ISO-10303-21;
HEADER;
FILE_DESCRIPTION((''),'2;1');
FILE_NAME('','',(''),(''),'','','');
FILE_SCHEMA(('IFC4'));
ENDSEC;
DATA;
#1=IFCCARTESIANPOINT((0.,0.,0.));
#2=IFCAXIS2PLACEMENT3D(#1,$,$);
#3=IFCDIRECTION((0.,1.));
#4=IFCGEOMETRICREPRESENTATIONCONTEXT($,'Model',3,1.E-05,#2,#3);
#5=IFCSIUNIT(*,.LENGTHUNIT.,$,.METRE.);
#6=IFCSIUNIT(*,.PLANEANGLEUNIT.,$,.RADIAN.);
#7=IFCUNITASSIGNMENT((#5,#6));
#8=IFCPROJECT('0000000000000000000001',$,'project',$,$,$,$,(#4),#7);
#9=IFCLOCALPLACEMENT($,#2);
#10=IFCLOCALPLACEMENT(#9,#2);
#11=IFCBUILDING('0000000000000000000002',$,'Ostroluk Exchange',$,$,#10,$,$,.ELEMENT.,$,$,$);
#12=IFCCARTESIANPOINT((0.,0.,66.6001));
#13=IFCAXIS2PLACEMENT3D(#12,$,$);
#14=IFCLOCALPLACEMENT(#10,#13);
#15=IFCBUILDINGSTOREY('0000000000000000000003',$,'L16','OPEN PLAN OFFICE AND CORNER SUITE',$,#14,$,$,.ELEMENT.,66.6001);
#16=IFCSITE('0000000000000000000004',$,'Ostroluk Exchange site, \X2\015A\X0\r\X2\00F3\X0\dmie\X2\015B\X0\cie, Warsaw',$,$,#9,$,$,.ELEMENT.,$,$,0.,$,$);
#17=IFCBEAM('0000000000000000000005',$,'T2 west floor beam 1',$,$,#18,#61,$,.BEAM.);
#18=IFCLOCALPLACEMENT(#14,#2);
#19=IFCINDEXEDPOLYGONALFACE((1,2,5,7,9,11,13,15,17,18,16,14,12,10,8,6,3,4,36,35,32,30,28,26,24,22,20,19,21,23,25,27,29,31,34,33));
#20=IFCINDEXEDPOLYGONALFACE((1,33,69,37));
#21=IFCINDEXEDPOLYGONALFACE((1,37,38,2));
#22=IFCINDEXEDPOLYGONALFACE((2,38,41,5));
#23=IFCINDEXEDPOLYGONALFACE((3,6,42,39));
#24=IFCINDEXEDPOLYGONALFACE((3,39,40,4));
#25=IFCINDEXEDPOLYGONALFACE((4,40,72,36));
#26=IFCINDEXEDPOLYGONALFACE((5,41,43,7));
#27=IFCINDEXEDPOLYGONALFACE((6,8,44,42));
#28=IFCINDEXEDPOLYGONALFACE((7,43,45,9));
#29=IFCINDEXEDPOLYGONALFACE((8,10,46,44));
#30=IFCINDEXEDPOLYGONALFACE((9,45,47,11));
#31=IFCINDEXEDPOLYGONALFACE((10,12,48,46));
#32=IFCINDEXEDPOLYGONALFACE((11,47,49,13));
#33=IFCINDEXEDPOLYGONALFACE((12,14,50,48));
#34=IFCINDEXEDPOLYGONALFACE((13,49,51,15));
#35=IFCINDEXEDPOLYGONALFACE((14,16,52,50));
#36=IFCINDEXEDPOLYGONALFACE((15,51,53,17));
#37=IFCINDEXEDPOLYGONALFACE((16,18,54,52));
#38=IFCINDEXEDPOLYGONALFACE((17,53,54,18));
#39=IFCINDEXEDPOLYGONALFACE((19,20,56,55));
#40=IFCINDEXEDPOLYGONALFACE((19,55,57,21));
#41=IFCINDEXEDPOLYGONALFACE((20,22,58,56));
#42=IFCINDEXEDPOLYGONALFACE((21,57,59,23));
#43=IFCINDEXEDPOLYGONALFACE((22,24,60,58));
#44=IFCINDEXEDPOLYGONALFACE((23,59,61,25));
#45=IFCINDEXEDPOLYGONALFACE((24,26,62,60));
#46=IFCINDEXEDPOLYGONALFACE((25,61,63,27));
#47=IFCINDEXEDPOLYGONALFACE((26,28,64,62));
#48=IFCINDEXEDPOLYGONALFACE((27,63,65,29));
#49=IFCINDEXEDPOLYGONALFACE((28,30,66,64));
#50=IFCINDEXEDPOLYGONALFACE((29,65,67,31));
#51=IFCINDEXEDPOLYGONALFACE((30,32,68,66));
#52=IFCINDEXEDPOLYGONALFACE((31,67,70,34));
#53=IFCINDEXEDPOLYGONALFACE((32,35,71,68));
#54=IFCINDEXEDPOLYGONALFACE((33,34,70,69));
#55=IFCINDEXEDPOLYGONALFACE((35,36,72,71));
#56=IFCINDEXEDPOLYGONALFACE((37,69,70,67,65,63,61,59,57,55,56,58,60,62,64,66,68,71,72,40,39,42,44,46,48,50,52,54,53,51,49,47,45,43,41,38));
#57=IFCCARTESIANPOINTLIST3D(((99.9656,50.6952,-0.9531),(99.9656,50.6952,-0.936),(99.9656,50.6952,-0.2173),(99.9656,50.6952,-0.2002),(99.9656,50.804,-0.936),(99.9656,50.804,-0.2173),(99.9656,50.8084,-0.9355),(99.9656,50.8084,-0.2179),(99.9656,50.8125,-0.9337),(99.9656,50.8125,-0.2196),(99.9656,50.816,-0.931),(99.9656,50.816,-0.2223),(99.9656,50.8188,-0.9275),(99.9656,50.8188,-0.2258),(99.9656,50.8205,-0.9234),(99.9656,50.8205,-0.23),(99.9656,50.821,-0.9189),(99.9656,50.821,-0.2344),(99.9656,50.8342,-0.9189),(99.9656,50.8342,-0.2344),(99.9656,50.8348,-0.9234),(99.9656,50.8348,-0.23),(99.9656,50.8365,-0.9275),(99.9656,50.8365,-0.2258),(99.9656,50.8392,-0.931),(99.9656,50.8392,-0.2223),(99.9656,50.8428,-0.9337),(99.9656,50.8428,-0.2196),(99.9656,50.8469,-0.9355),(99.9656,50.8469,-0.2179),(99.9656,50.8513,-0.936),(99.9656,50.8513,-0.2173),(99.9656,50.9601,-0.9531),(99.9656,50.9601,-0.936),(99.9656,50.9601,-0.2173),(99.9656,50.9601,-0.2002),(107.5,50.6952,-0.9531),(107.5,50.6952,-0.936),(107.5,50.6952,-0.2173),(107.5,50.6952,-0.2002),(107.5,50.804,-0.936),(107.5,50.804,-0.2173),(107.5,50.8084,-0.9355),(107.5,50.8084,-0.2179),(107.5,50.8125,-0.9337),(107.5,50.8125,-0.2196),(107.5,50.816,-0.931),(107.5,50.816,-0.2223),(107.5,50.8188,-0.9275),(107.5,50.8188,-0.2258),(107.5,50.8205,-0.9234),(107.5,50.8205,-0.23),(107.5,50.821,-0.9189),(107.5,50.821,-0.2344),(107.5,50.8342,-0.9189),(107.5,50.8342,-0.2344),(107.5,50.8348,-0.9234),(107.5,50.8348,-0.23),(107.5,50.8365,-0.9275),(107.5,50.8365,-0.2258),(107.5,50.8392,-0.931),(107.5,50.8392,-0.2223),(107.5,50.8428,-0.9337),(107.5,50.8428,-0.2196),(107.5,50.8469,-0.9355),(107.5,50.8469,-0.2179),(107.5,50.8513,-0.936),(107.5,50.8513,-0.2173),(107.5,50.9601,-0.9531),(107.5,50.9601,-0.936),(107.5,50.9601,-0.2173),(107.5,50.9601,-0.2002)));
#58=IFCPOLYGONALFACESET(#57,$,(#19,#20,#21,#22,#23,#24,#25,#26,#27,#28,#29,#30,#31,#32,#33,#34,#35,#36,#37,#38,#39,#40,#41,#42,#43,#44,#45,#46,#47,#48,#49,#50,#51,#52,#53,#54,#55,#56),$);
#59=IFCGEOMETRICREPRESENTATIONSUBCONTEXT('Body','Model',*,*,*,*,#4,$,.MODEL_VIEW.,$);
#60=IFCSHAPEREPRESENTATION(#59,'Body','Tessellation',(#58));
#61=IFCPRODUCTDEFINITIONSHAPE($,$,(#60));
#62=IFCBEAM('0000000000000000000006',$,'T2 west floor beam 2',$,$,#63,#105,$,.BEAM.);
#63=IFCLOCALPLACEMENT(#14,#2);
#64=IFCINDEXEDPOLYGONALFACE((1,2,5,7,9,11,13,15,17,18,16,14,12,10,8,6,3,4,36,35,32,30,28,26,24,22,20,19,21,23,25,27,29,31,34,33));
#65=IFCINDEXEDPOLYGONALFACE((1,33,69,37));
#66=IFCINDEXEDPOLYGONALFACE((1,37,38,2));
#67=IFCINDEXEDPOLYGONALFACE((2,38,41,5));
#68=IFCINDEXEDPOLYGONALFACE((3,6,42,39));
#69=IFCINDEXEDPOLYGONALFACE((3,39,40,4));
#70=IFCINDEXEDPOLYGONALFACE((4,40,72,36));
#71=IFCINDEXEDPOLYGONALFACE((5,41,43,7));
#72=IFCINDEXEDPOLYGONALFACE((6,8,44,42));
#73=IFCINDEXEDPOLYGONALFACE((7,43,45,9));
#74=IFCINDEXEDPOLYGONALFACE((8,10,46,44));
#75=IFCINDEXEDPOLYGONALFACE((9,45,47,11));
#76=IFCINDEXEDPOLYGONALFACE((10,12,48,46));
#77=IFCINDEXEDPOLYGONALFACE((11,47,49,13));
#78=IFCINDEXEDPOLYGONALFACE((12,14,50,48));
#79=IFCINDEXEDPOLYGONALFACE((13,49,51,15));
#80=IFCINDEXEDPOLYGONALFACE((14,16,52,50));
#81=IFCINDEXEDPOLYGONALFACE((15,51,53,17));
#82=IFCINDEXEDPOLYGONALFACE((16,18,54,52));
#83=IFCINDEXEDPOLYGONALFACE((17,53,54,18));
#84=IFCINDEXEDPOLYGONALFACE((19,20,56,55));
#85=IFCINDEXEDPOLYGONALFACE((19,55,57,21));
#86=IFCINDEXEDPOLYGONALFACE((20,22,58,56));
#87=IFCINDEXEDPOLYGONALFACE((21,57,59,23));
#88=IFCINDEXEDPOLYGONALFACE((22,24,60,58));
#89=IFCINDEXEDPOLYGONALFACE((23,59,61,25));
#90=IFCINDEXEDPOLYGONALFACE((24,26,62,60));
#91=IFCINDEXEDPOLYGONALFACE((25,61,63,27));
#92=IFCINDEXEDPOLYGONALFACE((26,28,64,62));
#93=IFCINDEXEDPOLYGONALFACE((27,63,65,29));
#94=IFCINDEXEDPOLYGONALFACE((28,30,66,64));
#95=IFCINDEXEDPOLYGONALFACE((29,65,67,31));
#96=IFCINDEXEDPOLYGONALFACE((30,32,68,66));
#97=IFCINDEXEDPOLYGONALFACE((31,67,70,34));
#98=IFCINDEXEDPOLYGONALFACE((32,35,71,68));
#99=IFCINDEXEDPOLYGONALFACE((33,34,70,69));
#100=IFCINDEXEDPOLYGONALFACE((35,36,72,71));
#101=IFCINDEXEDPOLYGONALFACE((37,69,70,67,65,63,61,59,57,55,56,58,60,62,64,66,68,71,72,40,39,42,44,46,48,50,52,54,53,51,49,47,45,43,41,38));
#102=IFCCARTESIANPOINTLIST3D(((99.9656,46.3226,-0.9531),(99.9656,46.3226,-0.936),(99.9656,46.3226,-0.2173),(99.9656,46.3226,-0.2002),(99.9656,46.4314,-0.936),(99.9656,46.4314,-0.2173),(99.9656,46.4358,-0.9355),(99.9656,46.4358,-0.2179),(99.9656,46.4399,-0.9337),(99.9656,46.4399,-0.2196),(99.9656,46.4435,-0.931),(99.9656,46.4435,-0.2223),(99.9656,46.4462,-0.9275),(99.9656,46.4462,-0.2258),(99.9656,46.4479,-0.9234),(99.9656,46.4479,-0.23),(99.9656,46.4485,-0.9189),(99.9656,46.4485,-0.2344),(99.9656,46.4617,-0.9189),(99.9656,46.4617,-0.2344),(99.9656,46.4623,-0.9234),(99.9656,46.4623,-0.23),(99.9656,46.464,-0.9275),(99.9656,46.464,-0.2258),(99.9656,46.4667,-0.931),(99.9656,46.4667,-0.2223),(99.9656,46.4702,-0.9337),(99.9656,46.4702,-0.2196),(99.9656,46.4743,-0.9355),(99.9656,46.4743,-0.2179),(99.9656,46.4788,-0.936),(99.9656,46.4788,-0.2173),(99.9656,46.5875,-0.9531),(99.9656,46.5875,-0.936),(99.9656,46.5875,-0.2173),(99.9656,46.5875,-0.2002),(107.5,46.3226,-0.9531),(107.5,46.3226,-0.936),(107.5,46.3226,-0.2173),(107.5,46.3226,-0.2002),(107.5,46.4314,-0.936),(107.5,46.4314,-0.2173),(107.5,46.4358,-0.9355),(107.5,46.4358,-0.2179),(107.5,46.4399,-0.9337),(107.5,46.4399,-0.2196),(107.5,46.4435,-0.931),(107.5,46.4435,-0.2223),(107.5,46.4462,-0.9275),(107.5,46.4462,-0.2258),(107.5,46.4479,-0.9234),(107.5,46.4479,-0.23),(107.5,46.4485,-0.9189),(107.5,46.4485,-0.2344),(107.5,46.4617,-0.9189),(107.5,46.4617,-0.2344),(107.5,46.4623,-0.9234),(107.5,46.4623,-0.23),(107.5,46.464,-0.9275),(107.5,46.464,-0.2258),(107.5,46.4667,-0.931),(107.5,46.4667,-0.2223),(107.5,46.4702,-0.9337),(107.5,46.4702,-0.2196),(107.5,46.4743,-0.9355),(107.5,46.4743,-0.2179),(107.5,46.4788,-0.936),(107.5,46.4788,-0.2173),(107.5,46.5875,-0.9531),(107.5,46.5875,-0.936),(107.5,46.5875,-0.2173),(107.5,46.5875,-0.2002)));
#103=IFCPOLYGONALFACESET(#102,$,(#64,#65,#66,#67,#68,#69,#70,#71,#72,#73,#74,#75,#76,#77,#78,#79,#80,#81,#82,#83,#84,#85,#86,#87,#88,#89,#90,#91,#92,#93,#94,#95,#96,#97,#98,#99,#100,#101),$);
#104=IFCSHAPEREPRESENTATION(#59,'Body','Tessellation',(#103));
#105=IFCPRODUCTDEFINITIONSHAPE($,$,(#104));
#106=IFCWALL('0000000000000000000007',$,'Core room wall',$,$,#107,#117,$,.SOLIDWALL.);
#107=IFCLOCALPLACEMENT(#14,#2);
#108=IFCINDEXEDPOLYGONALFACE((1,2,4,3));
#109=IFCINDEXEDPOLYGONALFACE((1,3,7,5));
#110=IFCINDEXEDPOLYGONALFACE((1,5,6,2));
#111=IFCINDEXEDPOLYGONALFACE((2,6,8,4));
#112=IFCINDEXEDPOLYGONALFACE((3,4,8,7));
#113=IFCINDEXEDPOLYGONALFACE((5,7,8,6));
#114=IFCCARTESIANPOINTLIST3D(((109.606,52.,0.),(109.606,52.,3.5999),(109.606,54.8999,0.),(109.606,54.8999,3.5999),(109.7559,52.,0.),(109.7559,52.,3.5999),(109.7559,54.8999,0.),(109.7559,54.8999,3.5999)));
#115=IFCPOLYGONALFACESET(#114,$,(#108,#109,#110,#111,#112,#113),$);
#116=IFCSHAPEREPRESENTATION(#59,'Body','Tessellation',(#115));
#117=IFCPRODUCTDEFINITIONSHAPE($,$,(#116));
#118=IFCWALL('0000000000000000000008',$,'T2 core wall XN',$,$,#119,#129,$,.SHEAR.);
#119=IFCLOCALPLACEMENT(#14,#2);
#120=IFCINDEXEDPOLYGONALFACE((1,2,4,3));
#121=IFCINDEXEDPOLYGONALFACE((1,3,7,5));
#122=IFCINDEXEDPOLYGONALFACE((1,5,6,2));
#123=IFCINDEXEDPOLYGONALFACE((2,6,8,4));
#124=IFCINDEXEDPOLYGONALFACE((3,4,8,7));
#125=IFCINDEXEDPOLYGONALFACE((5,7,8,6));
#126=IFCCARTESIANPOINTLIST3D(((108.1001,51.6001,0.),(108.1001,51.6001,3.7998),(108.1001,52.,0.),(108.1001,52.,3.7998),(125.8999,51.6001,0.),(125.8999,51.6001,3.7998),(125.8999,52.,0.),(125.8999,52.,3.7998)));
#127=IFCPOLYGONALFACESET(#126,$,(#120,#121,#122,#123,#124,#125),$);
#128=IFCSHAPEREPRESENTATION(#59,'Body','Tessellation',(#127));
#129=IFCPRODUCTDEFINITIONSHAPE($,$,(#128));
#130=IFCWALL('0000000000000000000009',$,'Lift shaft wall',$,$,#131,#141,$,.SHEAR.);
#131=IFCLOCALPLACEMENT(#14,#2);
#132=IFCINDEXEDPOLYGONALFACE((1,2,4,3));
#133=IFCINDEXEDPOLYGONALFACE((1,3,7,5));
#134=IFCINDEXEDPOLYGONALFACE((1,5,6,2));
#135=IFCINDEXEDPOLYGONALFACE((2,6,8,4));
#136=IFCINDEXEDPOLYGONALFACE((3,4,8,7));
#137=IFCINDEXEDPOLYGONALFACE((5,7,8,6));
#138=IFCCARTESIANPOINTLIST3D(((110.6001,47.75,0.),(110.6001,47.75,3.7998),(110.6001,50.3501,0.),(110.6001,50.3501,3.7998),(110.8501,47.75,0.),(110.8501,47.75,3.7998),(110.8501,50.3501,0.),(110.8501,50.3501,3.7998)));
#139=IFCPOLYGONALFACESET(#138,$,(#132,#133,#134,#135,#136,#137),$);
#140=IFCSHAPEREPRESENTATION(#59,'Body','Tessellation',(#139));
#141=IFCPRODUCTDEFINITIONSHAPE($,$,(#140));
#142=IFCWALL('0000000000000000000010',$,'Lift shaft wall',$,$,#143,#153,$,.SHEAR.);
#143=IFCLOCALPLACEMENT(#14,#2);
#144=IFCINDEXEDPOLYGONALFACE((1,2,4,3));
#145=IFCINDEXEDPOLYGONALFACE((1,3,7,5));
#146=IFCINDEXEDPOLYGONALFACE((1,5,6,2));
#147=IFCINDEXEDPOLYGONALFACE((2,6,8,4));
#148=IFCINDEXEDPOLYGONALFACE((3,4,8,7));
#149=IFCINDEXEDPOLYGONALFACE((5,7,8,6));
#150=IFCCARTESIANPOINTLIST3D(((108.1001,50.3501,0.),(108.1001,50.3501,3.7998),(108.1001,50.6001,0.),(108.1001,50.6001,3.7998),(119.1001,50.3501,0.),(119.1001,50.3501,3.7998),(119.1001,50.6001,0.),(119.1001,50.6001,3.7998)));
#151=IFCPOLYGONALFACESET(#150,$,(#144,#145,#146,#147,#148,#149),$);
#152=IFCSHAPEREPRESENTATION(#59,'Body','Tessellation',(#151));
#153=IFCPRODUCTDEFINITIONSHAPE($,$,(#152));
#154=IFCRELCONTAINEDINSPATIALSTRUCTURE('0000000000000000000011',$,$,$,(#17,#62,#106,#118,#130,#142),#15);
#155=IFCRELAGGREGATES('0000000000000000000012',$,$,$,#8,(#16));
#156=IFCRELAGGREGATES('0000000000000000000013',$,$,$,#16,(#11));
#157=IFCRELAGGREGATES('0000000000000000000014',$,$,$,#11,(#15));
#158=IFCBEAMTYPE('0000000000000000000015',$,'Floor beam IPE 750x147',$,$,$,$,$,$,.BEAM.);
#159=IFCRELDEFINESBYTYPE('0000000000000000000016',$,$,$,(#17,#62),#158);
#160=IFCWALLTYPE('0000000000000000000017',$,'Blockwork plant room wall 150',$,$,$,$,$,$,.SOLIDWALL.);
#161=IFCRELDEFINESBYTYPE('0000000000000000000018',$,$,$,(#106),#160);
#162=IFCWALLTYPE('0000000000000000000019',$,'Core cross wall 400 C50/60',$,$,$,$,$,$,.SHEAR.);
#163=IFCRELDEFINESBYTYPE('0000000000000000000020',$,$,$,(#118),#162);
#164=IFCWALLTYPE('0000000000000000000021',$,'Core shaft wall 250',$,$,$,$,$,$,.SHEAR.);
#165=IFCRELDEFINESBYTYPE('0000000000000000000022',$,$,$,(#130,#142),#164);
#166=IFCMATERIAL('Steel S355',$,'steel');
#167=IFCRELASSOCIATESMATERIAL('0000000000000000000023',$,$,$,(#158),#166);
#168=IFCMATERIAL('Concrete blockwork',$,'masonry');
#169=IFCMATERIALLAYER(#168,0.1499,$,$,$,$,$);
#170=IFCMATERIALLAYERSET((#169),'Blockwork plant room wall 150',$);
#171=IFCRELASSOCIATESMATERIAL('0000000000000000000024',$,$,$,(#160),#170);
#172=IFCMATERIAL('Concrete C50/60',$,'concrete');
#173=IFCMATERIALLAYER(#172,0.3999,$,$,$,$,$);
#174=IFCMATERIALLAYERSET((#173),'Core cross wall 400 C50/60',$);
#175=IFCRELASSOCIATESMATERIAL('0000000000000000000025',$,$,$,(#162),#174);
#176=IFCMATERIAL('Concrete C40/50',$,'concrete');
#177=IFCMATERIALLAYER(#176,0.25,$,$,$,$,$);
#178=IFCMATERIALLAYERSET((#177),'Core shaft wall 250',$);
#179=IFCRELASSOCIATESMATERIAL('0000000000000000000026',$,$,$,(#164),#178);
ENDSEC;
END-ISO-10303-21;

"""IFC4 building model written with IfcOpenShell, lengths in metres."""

from ifc_helpers import new_model, si_unit, direction, frame, frame_2d, origin, origin_2d, place, context, subcontext, project, spatial, rectangle, i_section, extrude, material, layer, layer_set, material_profile, profile_set, type_object, element, save


model = new_model("IFC4")

# Units and contexts
model_context = context("Model", 3, precision=1e-05, world=origin(), true_north=direction((0.0, 1.0)))
body_context = subcontext(model_context, "Body", "Model", "MODEL_VIEW")
ifc_project = project(units=[si_unit("LENGTHUNIT", "METRE"), si_unit("PLANEANGLEUNIT", "RADIAN")], contexts=[model_context])

# Site, building, storey
site_placement = place(None, origin())
site = spatial("IfcSite", under=ifc_project, at=site_placement, Name="Ostroluk Exchange site, Śródmieście, Warsaw", CompositionType="ELEMENT", RefElevation=0.0)
building_placement = place(site_placement, origin())
building = spatial("IfcBuilding", under=site, at=building_placement, Name="Ostroluk Exchange", CompositionType="ELEMENT")
storey_placement = place(building_placement, frame((0.0, 0.0, 66.6001)))
storey = spatial("IfcBuildingStorey", under=building, at=storey_placement, Name="L16", Description="OPEN PLAN OFFICE AND CORNER SUITE", CompositionType="ELEMENT", Elevation=66.6001)

# Beams
ifc_material_1 = material(Name="Steel S355", Category="steel")
ifc_material_profile = material_profile(ifc_material_1, i_section(OverallWidth=0.2649, OverallDepth=0.7529, WebThickness=0.0132, FlangeThickness=0.0171, FilletRadius=0.0171, at=origin_2d()), Name="IPE 750x147")
ifc_profile_set = profile_set([ifc_material_profile], Name="Steel S355")
beam_type = type_object("IfcBeamType", Name="Floor beam IPE 750x147", PredefinedType="BEAM", material=ifc_profile_set)
for number, where, z_axis, x_axis, name in (
    (1, (107.5, 50.8276, -0.5767), (-1.0, 0.0, 0.0), (0.0, -1.0, 0.0), "T2 west floor beam 1"),
    (2, (107.5, 46.4551, -0.5767), (-1.0, 0.0, 0.0), (0.0, -1.0, 0.0), "T2 west floor beam 2"),
):
    element("IfcBeam", number, at=place(storey_placement, frame(where, z_axis=z_axis, x_axis=x_axis)), inside=storey, type_object=beam_type, Name=name, PredefinedType="BEAM", context=body_context, shape_type="SweptSolid", body=[
        extrude(i_section(OverallWidth=0.2649, OverallDepth=0.7529, WebThickness=0.0132, FlangeThickness=0.0171, FilletRadius=0.0171, at=origin_2d()), origin(), (0.0, 0.0, 1.0), 7.5344),
    ])

# Walls
ifc_material_2 = material(Name="Concrete blockwork", Category="masonry")
ifc_layer_1 = layer(ifc_material_2, 0.1499)
ifc_layer_set_1 = layer_set([ifc_layer_1], Name="Blockwork plant room wall 150")
wall_type_1 = type_object("IfcWallType", Name="Blockwork plant room wall 150", PredefinedType="SOLIDWALL", material=ifc_layer_set_1)
wall_1_placement = place(storey_placement, frame((109.6809, 52.0, 0.0), z_axis=(0.0, 0.0, 1.0), x_axis=(0.0, 1.0, 0.0)))
element("IfcWall", 3, at=wall_1_placement, inside=storey, type_object=wall_type_1, Name="Core room wall", PredefinedType="SOLIDWALL", context=body_context, shape_type="SweptSolid", body=[
    extrude(rectangle(XDim=2.8999, YDim=0.1499, at=frame_2d((1.45, 0.0))), origin(), (0.0, 0.0, 1.0), 3.5999),
])
ifc_material_3 = material(Name="Concrete C50/60", Category="concrete")
ifc_layer_2 = layer(ifc_material_3, 0.3999)
ifc_layer_set_2 = layer_set([ifc_layer_2], Name="Core cross wall 400 C50/60")
wall_type_2 = type_object("IfcWallType", Name="Core cross wall 400 C50/60", PredefinedType="SHEAR", material=ifc_layer_set_2)
wall_2_placement = place(storey_placement, frame((108.1001, 51.8, 0.0), z_axis=(0.0, 0.0, 1.0), x_axis=(1.0, 0.0, 0.0)))
element("IfcWall", 4, at=wall_2_placement, inside=storey, type_object=wall_type_2, Name="T2 core wall XN", PredefinedType="SHEAR", context=body_context, shape_type="SweptSolid", body=[
    extrude(rectangle(XDim=17.7998, YDim=0.3999, at=frame_2d((8.8999, 0.0))), origin(), (0.0, 0.0, 1.0), 3.7998),
])
ifc_material_4 = material(Name="Concrete C40/50", Category="concrete")
ifc_layer_3 = layer(ifc_material_4, 0.25)
ifc_layer_set_3 = layer_set([ifc_layer_3], Name="Core shaft wall 250")
wall_type_3 = type_object("IfcWallType", Name="Core shaft wall 250", PredefinedType="SHEAR", material=ifc_layer_set_3)
wall_3_placement = place(storey_placement, frame((110.7251, 47.75, 0.0), z_axis=(0.0, 0.0, 1.0), x_axis=(0.0, 1.0, 0.0)))
element("IfcWall", 5, at=wall_3_placement, inside=storey, type_object=wall_type_3, Name="Lift shaft wall", PredefinedType="SHEAR", context=body_context, shape_type="SweptSolid", body=[
    extrude(rectangle(XDim=2.6001, YDim=0.25, at=frame_2d((1.3, 0.0))), origin(), (0.0, 0.0, 1.0), 3.7998),
])
wall_4_placement = place(storey_placement, frame((108.1001, 50.4751, 0.0), z_axis=(0.0, 0.0, 1.0), x_axis=(1.0, 0.0, 0.0)))
element("IfcWall", 6, at=wall_4_placement, inside=storey, type_object=wall_type_3, Name="Lift shaft wall", PredefinedType="SHEAR", context=body_context, shape_type="SweptSolid", body=[
    extrude(rectangle(XDim=11.0, YDim=0.25, at=frame_2d((5.5, 0.0))), origin(), (0.0, 0.0, 1.0), 3.7998),
])

save(model, "model.ifc")
